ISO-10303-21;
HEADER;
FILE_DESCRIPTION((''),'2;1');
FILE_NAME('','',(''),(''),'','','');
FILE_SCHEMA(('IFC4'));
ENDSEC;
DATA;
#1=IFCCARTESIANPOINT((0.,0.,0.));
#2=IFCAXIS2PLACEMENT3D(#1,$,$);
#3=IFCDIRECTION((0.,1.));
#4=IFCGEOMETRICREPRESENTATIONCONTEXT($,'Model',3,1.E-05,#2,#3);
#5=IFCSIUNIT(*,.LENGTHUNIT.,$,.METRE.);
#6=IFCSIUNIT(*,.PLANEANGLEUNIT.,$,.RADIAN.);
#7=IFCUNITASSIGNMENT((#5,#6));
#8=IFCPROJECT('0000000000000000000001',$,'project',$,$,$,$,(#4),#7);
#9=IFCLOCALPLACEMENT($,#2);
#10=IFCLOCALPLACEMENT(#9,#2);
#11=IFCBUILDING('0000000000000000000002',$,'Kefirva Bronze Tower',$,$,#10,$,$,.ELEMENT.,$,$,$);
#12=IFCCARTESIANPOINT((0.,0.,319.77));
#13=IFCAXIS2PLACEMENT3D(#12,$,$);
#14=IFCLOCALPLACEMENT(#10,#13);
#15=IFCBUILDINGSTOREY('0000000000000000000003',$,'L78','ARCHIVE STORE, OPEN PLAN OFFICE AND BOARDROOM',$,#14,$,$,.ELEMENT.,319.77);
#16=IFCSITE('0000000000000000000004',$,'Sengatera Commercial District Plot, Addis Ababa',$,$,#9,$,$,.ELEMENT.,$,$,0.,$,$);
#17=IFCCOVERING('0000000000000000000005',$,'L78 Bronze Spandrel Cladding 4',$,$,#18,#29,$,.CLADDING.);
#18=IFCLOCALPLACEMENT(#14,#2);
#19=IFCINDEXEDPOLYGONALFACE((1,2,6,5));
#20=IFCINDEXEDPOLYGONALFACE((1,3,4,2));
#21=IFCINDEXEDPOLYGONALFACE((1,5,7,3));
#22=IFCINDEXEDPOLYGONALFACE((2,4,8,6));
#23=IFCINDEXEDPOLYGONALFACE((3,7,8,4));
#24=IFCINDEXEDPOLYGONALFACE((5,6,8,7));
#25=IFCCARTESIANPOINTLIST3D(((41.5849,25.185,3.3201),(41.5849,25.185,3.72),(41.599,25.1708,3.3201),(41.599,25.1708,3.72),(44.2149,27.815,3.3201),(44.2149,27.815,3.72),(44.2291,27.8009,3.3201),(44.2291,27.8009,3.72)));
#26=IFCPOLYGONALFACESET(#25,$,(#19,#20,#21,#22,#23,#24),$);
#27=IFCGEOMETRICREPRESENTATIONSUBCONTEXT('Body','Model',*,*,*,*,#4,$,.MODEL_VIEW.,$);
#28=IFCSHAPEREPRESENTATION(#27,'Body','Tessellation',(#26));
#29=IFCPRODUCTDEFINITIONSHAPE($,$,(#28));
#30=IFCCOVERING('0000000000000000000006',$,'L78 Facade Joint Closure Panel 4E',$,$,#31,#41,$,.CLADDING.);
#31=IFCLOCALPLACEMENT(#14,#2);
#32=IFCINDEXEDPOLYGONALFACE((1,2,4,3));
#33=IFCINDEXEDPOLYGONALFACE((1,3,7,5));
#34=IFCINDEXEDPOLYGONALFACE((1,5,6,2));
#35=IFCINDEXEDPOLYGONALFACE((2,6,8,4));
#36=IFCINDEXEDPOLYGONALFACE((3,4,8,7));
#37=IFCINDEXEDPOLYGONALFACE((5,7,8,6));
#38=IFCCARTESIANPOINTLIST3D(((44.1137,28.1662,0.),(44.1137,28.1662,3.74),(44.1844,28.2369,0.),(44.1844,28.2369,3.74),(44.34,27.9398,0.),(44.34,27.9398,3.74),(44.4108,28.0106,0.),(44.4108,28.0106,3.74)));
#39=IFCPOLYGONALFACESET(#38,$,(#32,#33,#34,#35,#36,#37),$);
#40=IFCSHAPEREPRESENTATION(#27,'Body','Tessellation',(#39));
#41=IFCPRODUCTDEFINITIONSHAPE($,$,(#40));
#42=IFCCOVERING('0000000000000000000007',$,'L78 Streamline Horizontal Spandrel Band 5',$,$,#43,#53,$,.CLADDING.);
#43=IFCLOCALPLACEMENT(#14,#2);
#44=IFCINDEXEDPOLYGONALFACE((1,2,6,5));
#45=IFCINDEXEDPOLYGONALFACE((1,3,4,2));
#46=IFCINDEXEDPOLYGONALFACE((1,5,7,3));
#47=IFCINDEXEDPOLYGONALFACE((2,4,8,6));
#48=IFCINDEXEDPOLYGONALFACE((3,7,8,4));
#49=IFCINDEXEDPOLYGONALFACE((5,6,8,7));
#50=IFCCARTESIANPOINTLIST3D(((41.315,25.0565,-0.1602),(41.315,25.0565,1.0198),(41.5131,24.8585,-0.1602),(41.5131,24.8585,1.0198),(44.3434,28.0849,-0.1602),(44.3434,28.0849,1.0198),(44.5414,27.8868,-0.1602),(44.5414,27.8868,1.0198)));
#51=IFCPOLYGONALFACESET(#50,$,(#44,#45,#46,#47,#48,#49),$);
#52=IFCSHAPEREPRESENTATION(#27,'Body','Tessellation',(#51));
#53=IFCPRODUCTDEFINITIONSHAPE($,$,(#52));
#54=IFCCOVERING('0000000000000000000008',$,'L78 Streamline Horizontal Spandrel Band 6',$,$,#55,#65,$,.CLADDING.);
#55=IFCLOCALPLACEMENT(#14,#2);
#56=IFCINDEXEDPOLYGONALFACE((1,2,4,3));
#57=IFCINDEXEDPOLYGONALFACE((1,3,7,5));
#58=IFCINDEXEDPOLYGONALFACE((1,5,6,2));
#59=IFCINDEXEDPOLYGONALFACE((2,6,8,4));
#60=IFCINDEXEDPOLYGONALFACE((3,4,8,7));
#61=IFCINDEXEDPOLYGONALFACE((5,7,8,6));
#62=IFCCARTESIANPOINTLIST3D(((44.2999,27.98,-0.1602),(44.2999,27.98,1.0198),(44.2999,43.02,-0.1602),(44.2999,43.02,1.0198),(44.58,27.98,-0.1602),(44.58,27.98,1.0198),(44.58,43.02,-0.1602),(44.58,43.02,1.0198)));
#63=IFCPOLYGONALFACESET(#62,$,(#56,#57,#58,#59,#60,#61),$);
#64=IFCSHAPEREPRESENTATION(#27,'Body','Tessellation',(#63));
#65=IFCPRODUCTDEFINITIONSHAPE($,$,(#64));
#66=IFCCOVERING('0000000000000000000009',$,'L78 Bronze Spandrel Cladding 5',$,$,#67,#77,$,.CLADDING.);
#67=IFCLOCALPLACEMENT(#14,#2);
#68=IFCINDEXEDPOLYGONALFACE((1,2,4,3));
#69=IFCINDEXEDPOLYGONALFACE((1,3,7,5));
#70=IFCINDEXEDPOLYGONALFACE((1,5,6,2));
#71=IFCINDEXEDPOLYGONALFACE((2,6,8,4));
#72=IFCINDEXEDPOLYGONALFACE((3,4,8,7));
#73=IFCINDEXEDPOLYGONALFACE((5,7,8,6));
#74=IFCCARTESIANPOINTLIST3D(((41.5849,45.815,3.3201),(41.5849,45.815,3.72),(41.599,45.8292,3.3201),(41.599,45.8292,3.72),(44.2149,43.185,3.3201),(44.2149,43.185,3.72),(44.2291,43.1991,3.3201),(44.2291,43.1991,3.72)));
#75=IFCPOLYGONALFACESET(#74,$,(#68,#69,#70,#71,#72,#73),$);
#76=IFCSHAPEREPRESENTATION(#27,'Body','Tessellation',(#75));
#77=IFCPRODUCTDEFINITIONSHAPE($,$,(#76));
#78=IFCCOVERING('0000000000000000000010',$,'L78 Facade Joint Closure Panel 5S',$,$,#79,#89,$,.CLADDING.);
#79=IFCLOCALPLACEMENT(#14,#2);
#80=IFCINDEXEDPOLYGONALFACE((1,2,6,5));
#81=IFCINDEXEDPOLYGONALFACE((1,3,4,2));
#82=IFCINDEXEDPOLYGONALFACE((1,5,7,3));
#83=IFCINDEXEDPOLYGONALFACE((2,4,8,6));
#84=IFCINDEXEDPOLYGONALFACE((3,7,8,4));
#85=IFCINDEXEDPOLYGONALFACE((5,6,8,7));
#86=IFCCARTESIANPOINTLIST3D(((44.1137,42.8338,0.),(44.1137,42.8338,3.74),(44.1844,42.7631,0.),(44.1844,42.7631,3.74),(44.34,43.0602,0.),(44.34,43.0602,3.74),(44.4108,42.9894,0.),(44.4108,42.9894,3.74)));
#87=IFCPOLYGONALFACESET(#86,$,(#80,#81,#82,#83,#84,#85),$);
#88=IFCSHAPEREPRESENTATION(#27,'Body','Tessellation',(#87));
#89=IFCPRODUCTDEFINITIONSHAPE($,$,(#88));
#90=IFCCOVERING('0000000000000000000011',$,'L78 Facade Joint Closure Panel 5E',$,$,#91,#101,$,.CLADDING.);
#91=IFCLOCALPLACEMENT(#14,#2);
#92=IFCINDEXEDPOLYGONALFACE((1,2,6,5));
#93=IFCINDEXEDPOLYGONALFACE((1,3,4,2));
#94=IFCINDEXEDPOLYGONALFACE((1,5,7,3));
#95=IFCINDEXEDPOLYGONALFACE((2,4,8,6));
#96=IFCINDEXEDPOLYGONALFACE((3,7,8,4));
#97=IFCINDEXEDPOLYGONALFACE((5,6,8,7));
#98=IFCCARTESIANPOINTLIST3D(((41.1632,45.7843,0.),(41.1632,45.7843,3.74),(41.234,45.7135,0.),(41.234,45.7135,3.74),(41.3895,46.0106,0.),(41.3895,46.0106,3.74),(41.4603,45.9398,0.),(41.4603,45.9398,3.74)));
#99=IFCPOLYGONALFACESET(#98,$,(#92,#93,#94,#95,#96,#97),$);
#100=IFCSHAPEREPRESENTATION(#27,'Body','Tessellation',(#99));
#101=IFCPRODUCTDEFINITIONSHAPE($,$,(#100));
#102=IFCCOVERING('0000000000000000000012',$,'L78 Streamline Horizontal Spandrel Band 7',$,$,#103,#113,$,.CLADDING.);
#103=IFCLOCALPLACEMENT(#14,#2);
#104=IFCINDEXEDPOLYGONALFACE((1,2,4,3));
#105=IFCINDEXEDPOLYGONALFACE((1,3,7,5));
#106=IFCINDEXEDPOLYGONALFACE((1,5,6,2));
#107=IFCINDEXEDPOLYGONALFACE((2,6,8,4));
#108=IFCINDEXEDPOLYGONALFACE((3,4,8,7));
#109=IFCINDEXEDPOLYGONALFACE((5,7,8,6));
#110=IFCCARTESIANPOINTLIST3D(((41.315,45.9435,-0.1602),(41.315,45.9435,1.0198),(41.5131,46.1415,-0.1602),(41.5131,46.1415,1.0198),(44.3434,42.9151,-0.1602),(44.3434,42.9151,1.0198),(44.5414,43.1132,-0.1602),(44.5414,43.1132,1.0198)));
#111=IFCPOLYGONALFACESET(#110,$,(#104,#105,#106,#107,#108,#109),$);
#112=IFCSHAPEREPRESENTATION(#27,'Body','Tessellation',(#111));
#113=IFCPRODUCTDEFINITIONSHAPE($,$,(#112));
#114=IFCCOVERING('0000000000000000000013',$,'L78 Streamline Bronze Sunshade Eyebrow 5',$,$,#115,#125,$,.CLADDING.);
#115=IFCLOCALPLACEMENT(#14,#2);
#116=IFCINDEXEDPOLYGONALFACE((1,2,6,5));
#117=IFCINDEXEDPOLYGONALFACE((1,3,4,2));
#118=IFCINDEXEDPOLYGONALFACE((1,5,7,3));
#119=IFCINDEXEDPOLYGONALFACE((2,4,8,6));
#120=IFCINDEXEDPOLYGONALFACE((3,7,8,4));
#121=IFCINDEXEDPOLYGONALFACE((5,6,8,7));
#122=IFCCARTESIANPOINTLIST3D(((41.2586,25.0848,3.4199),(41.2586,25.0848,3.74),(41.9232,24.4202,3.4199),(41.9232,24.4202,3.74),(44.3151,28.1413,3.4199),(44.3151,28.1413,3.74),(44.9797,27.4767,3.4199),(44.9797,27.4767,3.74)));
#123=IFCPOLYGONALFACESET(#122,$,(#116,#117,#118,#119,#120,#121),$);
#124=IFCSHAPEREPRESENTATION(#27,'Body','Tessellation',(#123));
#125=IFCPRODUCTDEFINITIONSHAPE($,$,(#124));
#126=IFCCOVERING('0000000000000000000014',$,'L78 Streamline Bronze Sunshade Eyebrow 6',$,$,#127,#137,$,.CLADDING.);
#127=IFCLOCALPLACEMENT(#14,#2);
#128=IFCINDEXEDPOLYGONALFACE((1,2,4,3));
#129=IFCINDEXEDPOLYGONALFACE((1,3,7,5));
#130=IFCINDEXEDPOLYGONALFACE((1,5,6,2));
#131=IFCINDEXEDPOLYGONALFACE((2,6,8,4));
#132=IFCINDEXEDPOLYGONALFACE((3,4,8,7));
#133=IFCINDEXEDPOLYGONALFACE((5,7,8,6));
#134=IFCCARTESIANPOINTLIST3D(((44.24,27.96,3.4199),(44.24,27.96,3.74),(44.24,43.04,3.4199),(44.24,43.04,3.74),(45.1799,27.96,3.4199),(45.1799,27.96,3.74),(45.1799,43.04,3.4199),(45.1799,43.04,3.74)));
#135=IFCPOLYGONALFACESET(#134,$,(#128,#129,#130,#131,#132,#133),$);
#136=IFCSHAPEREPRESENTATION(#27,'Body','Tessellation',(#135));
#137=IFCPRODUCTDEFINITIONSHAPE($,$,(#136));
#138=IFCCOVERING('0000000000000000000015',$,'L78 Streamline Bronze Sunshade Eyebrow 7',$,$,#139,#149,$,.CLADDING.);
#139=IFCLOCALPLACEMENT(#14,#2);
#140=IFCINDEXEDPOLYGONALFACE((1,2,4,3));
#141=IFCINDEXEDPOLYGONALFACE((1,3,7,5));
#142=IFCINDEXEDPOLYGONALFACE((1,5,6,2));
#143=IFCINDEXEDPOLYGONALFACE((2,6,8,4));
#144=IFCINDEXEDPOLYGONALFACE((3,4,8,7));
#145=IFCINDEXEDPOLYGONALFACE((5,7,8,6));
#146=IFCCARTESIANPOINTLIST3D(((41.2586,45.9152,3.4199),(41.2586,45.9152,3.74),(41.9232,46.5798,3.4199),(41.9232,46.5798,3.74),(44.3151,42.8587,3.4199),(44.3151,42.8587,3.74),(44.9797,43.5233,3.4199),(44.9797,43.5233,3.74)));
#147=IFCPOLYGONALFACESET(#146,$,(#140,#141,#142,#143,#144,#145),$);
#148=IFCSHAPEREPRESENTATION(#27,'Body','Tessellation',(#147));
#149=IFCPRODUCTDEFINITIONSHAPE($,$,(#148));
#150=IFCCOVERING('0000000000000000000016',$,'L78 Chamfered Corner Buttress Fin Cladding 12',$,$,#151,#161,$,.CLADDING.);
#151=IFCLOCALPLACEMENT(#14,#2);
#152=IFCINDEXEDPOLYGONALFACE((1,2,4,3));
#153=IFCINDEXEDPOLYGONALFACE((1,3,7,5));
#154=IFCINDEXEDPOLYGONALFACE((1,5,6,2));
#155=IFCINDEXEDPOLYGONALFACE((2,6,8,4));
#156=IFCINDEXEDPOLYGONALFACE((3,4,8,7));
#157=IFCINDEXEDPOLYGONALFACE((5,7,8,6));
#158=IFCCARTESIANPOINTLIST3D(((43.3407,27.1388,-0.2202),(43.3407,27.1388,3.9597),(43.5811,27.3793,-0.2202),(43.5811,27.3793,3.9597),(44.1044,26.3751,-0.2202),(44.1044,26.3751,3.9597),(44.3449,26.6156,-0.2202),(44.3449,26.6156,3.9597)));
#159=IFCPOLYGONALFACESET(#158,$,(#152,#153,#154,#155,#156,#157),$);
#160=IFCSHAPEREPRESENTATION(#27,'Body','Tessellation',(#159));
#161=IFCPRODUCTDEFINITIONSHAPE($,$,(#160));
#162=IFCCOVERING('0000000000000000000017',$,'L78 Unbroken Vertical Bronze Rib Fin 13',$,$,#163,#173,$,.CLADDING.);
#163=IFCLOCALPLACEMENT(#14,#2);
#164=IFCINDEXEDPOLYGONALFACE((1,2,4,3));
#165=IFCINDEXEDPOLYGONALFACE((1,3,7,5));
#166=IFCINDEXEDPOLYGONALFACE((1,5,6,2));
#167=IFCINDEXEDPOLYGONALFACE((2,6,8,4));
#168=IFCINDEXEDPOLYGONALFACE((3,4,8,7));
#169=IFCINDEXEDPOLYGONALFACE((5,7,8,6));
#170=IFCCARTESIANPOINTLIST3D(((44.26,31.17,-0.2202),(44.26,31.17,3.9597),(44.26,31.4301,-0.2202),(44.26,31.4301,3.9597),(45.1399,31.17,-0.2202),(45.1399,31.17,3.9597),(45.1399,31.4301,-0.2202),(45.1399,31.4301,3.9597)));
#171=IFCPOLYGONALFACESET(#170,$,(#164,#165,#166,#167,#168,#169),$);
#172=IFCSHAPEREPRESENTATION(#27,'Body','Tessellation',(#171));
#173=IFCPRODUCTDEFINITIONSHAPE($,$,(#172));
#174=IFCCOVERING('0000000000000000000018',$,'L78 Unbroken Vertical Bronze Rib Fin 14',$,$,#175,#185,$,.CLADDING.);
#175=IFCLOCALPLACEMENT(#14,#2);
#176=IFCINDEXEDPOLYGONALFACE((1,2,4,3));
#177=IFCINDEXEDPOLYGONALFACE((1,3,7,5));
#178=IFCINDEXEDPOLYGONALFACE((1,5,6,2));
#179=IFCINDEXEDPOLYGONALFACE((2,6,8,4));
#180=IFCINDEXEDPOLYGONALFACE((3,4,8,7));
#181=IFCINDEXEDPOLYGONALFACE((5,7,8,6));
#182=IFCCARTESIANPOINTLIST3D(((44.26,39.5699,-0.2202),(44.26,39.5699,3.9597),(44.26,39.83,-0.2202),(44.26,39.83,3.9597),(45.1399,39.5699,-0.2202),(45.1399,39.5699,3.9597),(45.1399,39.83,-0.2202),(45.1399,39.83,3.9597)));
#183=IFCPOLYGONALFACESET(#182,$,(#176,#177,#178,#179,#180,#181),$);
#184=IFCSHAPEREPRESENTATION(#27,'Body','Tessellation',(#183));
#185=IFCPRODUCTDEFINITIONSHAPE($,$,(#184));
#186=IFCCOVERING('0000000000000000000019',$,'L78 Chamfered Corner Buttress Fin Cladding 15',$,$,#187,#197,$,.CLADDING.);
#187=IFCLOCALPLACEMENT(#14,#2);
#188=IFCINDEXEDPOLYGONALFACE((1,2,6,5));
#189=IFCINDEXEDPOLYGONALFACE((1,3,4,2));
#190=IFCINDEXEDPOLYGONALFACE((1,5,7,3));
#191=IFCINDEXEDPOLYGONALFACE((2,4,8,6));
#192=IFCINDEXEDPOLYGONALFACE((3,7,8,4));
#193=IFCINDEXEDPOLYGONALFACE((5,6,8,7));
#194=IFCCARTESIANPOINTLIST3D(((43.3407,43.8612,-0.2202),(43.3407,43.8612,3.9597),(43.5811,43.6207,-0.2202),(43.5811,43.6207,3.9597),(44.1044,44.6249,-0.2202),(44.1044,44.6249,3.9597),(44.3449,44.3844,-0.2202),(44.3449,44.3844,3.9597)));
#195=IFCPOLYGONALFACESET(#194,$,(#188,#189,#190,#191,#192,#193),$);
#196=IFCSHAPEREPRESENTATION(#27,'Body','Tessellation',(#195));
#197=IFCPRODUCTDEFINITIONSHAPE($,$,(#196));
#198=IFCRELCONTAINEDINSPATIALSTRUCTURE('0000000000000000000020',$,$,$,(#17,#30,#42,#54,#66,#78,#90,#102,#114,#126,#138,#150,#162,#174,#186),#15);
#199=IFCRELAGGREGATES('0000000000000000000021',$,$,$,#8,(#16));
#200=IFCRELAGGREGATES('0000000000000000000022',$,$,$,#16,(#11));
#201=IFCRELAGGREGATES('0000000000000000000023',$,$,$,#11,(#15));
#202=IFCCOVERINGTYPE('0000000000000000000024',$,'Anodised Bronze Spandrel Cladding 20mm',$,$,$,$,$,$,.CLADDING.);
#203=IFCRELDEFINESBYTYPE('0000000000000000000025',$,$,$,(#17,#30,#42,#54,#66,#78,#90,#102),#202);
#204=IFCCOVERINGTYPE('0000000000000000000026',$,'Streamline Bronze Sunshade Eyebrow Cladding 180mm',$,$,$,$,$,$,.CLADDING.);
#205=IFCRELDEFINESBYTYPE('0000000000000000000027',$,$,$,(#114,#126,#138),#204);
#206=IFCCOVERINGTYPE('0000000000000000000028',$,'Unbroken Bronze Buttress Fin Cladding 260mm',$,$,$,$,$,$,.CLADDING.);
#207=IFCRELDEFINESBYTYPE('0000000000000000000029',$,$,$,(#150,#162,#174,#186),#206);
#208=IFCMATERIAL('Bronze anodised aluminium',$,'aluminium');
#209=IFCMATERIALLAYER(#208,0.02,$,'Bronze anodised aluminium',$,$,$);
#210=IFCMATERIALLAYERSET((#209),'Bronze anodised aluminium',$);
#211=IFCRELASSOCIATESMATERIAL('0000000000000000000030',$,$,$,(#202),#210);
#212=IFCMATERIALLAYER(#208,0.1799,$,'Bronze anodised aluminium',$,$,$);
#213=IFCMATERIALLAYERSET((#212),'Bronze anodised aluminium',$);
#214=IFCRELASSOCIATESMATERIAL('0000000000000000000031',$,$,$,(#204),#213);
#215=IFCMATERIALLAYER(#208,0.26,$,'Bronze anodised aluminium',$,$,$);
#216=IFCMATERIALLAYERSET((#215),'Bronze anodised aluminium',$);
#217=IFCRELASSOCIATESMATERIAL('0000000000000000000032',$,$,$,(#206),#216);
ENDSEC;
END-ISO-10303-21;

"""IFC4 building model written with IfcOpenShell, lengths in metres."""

from ifc_helpers import new_model, si_unit, direction, frame, origin, origin_2d, place, context, subcontext, project, spatial, rectangle, extrude, material, layer, layer_set, type_object, element, save


model = new_model("IFC4")

# Units and contexts
model_context = context("Model", 3, precision=1e-05, world=origin(), true_north=direction((0.0, 1.0)))
body_context = subcontext(model_context, "Body", "Model", "MODEL_VIEW")
ifc_project = project(units=[si_unit("LENGTHUNIT", "METRE"), si_unit("PLANEANGLEUNIT", "RADIAN")], contexts=[model_context])

# Site, building, storey
site_placement = place(None, origin())
site = spatial("IfcSite", under=ifc_project, at=site_placement, Name="Sengatera Commercial District Plot, Addis Ababa", CompositionType="ELEMENT", RefElevation=0.0)
building_placement = place(site_placement, origin())
building = spatial("IfcBuilding", under=site, at=building_placement, Name="Kefirva Bronze Tower", CompositionType="ELEMENT")
storey_placement = place(building_placement, frame((0.0, 0.0, 319.77)))
storey = spatial("IfcBuildingStorey", under=building, at=storey_placement, Name="L78", Description="ARCHIVE STORE, OPEN PLAN OFFICE AND BOARDROOM", CompositionType="ELEMENT", Elevation=319.77)

# Shared definitions
ifc_material_1 = material(Name="Bronze anodised aluminium", Category="aluminium")

# Coverings
ifc_layer_1 = layer(ifc_material_1, 0.02, Name="Bronze anodised aluminium")
ifc_layer_set_1 = layer_set([ifc_layer_1], Name="Bronze anodised aluminium")
covering_type_1 = type_object("IfcCoveringType", Name="Anodised Bronze Spandrel Cladding 20mm", PredefinedType="CLADDING", material=ifc_layer_set_1)
covering_1_placement = place(storey_placement, frame((42.907, 26.4929, 3.3201), z_axis=(0.0, 0.0, 1.0), x_axis=(0.707107, 0.707107, 0.0)))
element("IfcCovering", 1, at=covering_1_placement, inside=storey, type_object=covering_type_1, Name="L78 Bronze Spandrel Cladding 4", PredefinedType="CLADDING", context=body_context, shape_type="SweptSolid", body=[
    extrude(rectangle(XDim=3.7195, YDim=0.02, at=origin_2d()), origin(), (0.0, 0.0, 1.0), 0.3999),
])
covering_2_placement = place(storey_placement, frame((44.2622, 28.0884, 0.0), z_axis=(0.0, 0.0, 1.0), x_axis=(0.707107, 0.707107, 0.0)))
element("IfcCovering", 2, at=covering_2_placement, inside=storey, type_object=covering_type_1, Name="L78 Facade Joint Closure Panel 4E", PredefinedType="CLADDING", context=body_context, shape_type="SweptSolid", body=[
    extrude(rectangle(XDim=0.1001, YDim=0.3201, at=origin_2d()), origin(), (0.0, 0.0, 1.0), 3.74),
])
covering_3_placement = place(storey_placement, frame((42.9282, 26.4717, -0.1602), z_axis=(0.0, 0.0, 1.0), x_axis=(0.707107, 0.707107, 0.0)))
element("IfcCovering", 3, at=covering_3_placement, inside=storey, type_object=covering_type_1, Name="L78 Streamline Horizontal Spandrel Band 5", PredefinedType="CLADDING", context=body_context, shape_type="SweptSolid", body=[
    extrude(rectangle(XDim=4.2827, YDim=0.28, at=origin_2d()), origin(), (0.0, 0.0, 1.0), 1.1799),
])
covering_4_placement = place(storey_placement, frame((44.4399, 35.5, -0.1602), z_axis=(0.0, 0.0, 1.0), x_axis=(0.0, 1.0, 0.0)))
element("IfcCovering", 4, at=covering_4_placement, inside=storey, type_object=covering_type_1, Name="L78 Streamline Horizontal Spandrel Band 6", PredefinedType="CLADDING", context=body_context, shape_type="SweptSolid", body=[
    extrude(rectangle(XDim=15.04, YDim=0.28, at=origin_2d()), origin(), (0.0, 0.0, 1.0), 1.1799),
])
covering_5_placement = place(storey_placement, frame((42.907, 44.5071, 3.3201), z_axis=(0.0, 0.0, 1.0), x_axis=(-0.707107, 0.707107, 0.0)))
element("IfcCovering", 5, at=covering_5_placement, inside=storey, type_object=covering_type_1, Name="L78 Bronze Spandrel Cladding 5", PredefinedType="CLADDING", context=body_context, shape_type="SweptSolid", body=[
    extrude(rectangle(XDim=3.7195, YDim=0.02, at=origin_2d()), origin(), (0.0, 0.0, 1.0), 0.3999),
])
for number, where, z_axis, x_axis, name in (
    (6, (44.2622, 42.9116, 0.0), (0.0, 0.0, 1.0), (-0.707107, 0.707107, 0.0), "L78 Facade Joint Closure Panel 5S"),
    (7, (41.3118, 45.8621, 0.0), (0.0, 0.0, 1.0), (-0.707107, 0.707107, 0.0), "L78 Facade Joint Closure Panel 5E"),
):
    element("IfcCovering", number, at=place(storey_placement, frame(where, z_axis=z_axis, x_axis=x_axis)), inside=storey, type_object=covering_type_1, Name=name, PredefinedType="CLADDING", context=body_context, shape_type="SweptSolid", body=[
        extrude(rectangle(XDim=0.1001, YDim=0.3201, at=origin_2d()), origin(), (0.0, 0.0, 1.0), 3.74),
    ])
covering_6_placement = place(storey_placement, frame((42.9282, 44.5283, -0.1602), z_axis=(0.0, 0.0, 1.0), x_axis=(-0.707107, 0.707107, 0.0)))
element("IfcCovering", 8, at=covering_6_placement, inside=storey, type_object=covering_type_1, Name="L78 Streamline Horizontal Spandrel Band 7", PredefinedType="CLADDING", context=body_context, shape_type="SweptSolid", body=[
    extrude(rectangle(XDim=4.2827, YDim=0.28, at=origin_2d()), origin(), (0.0, 0.0, 1.0), 1.1799),
])
ifc_layer_2 = layer(ifc_material_1, 0.1799, Name="Bronze anodised aluminium")
ifc_layer_set_2 = layer_set([ifc_layer_2], Name="Bronze anodised aluminium")
covering_type_2 = type_object("IfcCoveringType", Name="Streamline Bronze Sunshade Eyebrow Cladding 180mm", PredefinedType="CLADDING", material=ifc_layer_set_2)
covering_7_placement = place(storey_placement, frame((43.1191, 26.2808, 3.4199), z_axis=(0.0, 0.0, 1.0), x_axis=(0.707107, 0.707107, 0.0)))
element("IfcCovering", 9, at=covering_7_placement, inside=storey, type_object=covering_type_2, Name="L78 Streamline Bronze Sunshade Eyebrow 5", PredefinedType="CLADDING", context=body_context, shape_type="SweptSolid", body=[
    extrude(rectangle(XDim=4.3225, YDim=0.9399, at=origin_2d()), origin(), (0.0, 0.0, 1.0), 0.3201),
])
covering_8_placement = place(storey_placement, frame((44.71, 35.5, 3.4199), z_axis=(0.0, 0.0, 1.0), x_axis=(0.0, 1.0, 0.0)))
element("IfcCovering", 10, at=covering_8_placement, inside=storey, type_object=covering_type_2, Name="L78 Streamline Bronze Sunshade Eyebrow 6", PredefinedType="CLADDING", context=body_context, shape_type="SweptSolid", body=[
    extrude(rectangle(XDim=15.0801, YDim=0.9399, at=origin_2d()), origin(), (0.0, 0.0, 1.0), 0.3201),
])
covering_9_placement = place(storey_placement, frame((43.1191, 44.7192, 3.4199), z_axis=(0.0, 0.0, 1.0), x_axis=(-0.707107, 0.707107, 0.0)))
element("IfcCovering", 11, at=covering_9_placement, inside=storey, type_object=covering_type_2, Name="L78 Streamline Bronze Sunshade Eyebrow 7", PredefinedType="CLADDING", context=body_context, shape_type="SweptSolid", body=[
    extrude(rectangle(XDim=4.3225, YDim=0.9399, at=origin_2d()), origin(), (0.0, 0.0, 1.0), 0.3201),
])
ifc_layer_3 = layer(ifc_material_1, 0.26, Name="Bronze anodised aluminium")
ifc_layer_set_3 = layer_set([ifc_layer_3], Name="Bronze anodised aluminium")
covering_type_3 = type_object("IfcCoveringType", Name="Unbroken Bronze Buttress Fin Cladding 260mm", PredefinedType="CLADDING", material=ifc_layer_set_3)
covering_10_placement = place(storey_placement, frame((43.8428, 26.8772, -0.2202), z_axis=(0.0, 0.0, 1.0), x_axis=(0.707107, 0.707107, 0.0)))
element("IfcCovering", 12, at=covering_10_placement, inside=storey, type_object=covering_type_3, Name="L78 Chamfered Corner Buttress Fin Cladding 12", PredefinedType="CLADDING", context=body_context, shape_type="SweptSolid", body=[
    extrude(rectangle(XDim=0.3401, YDim=1.0801, at=origin_2d()), origin(), (0.0, 0.0, 1.0), 4.1799),
])
for number, where, z_axis, x_axis, name in (
    (13, (44.7, 31.3, -0.2202), (0.0, 0.0, 1.0), (0.0, 1.0, 0.0), "L78 Unbroken Vertical Bronze Rib Fin 13"),
    (14, (44.7, 39.7, -0.2202), (0.0, 0.0, 1.0), (0.0, 1.0, 0.0), "L78 Unbroken Vertical Bronze Rib Fin 14"),
):
    element("IfcCovering", number, at=place(storey_placement, frame(where, z_axis=z_axis, x_axis=x_axis)), inside=storey, type_object=covering_type_3, Name=name, PredefinedType="CLADDING", context=body_context, shape_type="SweptSolid", body=[
        extrude(rectangle(XDim=0.26, YDim=0.8799, at=origin_2d()), origin(), (0.0, 0.0, 1.0), 4.1799),
    ])
for number, where, z_axis, x_axis, name in (
    (15, (43.8428, 44.1228, -0.2202), (0.0, 0.0, 1.0), (-0.707107, 0.707107, 0.0), "L78 Chamfered Corner Buttress Fin Cladding 15"),
):
    element("IfcCovering", number, at=place(storey_placement, frame(where, z_axis=z_axis, x_axis=x_axis)), inside=storey, type_object=covering_type_3, Name=name, PredefinedType="CLADDING", context=body_context, shape_type="SweptSolid", body=[
        extrude(rectangle(XDim=0.3401, YDim=1.0801, at=origin_2d()), origin(), (0.0, 0.0, 1.0), 4.1799),
    ])

save(model, "model.ifc")
